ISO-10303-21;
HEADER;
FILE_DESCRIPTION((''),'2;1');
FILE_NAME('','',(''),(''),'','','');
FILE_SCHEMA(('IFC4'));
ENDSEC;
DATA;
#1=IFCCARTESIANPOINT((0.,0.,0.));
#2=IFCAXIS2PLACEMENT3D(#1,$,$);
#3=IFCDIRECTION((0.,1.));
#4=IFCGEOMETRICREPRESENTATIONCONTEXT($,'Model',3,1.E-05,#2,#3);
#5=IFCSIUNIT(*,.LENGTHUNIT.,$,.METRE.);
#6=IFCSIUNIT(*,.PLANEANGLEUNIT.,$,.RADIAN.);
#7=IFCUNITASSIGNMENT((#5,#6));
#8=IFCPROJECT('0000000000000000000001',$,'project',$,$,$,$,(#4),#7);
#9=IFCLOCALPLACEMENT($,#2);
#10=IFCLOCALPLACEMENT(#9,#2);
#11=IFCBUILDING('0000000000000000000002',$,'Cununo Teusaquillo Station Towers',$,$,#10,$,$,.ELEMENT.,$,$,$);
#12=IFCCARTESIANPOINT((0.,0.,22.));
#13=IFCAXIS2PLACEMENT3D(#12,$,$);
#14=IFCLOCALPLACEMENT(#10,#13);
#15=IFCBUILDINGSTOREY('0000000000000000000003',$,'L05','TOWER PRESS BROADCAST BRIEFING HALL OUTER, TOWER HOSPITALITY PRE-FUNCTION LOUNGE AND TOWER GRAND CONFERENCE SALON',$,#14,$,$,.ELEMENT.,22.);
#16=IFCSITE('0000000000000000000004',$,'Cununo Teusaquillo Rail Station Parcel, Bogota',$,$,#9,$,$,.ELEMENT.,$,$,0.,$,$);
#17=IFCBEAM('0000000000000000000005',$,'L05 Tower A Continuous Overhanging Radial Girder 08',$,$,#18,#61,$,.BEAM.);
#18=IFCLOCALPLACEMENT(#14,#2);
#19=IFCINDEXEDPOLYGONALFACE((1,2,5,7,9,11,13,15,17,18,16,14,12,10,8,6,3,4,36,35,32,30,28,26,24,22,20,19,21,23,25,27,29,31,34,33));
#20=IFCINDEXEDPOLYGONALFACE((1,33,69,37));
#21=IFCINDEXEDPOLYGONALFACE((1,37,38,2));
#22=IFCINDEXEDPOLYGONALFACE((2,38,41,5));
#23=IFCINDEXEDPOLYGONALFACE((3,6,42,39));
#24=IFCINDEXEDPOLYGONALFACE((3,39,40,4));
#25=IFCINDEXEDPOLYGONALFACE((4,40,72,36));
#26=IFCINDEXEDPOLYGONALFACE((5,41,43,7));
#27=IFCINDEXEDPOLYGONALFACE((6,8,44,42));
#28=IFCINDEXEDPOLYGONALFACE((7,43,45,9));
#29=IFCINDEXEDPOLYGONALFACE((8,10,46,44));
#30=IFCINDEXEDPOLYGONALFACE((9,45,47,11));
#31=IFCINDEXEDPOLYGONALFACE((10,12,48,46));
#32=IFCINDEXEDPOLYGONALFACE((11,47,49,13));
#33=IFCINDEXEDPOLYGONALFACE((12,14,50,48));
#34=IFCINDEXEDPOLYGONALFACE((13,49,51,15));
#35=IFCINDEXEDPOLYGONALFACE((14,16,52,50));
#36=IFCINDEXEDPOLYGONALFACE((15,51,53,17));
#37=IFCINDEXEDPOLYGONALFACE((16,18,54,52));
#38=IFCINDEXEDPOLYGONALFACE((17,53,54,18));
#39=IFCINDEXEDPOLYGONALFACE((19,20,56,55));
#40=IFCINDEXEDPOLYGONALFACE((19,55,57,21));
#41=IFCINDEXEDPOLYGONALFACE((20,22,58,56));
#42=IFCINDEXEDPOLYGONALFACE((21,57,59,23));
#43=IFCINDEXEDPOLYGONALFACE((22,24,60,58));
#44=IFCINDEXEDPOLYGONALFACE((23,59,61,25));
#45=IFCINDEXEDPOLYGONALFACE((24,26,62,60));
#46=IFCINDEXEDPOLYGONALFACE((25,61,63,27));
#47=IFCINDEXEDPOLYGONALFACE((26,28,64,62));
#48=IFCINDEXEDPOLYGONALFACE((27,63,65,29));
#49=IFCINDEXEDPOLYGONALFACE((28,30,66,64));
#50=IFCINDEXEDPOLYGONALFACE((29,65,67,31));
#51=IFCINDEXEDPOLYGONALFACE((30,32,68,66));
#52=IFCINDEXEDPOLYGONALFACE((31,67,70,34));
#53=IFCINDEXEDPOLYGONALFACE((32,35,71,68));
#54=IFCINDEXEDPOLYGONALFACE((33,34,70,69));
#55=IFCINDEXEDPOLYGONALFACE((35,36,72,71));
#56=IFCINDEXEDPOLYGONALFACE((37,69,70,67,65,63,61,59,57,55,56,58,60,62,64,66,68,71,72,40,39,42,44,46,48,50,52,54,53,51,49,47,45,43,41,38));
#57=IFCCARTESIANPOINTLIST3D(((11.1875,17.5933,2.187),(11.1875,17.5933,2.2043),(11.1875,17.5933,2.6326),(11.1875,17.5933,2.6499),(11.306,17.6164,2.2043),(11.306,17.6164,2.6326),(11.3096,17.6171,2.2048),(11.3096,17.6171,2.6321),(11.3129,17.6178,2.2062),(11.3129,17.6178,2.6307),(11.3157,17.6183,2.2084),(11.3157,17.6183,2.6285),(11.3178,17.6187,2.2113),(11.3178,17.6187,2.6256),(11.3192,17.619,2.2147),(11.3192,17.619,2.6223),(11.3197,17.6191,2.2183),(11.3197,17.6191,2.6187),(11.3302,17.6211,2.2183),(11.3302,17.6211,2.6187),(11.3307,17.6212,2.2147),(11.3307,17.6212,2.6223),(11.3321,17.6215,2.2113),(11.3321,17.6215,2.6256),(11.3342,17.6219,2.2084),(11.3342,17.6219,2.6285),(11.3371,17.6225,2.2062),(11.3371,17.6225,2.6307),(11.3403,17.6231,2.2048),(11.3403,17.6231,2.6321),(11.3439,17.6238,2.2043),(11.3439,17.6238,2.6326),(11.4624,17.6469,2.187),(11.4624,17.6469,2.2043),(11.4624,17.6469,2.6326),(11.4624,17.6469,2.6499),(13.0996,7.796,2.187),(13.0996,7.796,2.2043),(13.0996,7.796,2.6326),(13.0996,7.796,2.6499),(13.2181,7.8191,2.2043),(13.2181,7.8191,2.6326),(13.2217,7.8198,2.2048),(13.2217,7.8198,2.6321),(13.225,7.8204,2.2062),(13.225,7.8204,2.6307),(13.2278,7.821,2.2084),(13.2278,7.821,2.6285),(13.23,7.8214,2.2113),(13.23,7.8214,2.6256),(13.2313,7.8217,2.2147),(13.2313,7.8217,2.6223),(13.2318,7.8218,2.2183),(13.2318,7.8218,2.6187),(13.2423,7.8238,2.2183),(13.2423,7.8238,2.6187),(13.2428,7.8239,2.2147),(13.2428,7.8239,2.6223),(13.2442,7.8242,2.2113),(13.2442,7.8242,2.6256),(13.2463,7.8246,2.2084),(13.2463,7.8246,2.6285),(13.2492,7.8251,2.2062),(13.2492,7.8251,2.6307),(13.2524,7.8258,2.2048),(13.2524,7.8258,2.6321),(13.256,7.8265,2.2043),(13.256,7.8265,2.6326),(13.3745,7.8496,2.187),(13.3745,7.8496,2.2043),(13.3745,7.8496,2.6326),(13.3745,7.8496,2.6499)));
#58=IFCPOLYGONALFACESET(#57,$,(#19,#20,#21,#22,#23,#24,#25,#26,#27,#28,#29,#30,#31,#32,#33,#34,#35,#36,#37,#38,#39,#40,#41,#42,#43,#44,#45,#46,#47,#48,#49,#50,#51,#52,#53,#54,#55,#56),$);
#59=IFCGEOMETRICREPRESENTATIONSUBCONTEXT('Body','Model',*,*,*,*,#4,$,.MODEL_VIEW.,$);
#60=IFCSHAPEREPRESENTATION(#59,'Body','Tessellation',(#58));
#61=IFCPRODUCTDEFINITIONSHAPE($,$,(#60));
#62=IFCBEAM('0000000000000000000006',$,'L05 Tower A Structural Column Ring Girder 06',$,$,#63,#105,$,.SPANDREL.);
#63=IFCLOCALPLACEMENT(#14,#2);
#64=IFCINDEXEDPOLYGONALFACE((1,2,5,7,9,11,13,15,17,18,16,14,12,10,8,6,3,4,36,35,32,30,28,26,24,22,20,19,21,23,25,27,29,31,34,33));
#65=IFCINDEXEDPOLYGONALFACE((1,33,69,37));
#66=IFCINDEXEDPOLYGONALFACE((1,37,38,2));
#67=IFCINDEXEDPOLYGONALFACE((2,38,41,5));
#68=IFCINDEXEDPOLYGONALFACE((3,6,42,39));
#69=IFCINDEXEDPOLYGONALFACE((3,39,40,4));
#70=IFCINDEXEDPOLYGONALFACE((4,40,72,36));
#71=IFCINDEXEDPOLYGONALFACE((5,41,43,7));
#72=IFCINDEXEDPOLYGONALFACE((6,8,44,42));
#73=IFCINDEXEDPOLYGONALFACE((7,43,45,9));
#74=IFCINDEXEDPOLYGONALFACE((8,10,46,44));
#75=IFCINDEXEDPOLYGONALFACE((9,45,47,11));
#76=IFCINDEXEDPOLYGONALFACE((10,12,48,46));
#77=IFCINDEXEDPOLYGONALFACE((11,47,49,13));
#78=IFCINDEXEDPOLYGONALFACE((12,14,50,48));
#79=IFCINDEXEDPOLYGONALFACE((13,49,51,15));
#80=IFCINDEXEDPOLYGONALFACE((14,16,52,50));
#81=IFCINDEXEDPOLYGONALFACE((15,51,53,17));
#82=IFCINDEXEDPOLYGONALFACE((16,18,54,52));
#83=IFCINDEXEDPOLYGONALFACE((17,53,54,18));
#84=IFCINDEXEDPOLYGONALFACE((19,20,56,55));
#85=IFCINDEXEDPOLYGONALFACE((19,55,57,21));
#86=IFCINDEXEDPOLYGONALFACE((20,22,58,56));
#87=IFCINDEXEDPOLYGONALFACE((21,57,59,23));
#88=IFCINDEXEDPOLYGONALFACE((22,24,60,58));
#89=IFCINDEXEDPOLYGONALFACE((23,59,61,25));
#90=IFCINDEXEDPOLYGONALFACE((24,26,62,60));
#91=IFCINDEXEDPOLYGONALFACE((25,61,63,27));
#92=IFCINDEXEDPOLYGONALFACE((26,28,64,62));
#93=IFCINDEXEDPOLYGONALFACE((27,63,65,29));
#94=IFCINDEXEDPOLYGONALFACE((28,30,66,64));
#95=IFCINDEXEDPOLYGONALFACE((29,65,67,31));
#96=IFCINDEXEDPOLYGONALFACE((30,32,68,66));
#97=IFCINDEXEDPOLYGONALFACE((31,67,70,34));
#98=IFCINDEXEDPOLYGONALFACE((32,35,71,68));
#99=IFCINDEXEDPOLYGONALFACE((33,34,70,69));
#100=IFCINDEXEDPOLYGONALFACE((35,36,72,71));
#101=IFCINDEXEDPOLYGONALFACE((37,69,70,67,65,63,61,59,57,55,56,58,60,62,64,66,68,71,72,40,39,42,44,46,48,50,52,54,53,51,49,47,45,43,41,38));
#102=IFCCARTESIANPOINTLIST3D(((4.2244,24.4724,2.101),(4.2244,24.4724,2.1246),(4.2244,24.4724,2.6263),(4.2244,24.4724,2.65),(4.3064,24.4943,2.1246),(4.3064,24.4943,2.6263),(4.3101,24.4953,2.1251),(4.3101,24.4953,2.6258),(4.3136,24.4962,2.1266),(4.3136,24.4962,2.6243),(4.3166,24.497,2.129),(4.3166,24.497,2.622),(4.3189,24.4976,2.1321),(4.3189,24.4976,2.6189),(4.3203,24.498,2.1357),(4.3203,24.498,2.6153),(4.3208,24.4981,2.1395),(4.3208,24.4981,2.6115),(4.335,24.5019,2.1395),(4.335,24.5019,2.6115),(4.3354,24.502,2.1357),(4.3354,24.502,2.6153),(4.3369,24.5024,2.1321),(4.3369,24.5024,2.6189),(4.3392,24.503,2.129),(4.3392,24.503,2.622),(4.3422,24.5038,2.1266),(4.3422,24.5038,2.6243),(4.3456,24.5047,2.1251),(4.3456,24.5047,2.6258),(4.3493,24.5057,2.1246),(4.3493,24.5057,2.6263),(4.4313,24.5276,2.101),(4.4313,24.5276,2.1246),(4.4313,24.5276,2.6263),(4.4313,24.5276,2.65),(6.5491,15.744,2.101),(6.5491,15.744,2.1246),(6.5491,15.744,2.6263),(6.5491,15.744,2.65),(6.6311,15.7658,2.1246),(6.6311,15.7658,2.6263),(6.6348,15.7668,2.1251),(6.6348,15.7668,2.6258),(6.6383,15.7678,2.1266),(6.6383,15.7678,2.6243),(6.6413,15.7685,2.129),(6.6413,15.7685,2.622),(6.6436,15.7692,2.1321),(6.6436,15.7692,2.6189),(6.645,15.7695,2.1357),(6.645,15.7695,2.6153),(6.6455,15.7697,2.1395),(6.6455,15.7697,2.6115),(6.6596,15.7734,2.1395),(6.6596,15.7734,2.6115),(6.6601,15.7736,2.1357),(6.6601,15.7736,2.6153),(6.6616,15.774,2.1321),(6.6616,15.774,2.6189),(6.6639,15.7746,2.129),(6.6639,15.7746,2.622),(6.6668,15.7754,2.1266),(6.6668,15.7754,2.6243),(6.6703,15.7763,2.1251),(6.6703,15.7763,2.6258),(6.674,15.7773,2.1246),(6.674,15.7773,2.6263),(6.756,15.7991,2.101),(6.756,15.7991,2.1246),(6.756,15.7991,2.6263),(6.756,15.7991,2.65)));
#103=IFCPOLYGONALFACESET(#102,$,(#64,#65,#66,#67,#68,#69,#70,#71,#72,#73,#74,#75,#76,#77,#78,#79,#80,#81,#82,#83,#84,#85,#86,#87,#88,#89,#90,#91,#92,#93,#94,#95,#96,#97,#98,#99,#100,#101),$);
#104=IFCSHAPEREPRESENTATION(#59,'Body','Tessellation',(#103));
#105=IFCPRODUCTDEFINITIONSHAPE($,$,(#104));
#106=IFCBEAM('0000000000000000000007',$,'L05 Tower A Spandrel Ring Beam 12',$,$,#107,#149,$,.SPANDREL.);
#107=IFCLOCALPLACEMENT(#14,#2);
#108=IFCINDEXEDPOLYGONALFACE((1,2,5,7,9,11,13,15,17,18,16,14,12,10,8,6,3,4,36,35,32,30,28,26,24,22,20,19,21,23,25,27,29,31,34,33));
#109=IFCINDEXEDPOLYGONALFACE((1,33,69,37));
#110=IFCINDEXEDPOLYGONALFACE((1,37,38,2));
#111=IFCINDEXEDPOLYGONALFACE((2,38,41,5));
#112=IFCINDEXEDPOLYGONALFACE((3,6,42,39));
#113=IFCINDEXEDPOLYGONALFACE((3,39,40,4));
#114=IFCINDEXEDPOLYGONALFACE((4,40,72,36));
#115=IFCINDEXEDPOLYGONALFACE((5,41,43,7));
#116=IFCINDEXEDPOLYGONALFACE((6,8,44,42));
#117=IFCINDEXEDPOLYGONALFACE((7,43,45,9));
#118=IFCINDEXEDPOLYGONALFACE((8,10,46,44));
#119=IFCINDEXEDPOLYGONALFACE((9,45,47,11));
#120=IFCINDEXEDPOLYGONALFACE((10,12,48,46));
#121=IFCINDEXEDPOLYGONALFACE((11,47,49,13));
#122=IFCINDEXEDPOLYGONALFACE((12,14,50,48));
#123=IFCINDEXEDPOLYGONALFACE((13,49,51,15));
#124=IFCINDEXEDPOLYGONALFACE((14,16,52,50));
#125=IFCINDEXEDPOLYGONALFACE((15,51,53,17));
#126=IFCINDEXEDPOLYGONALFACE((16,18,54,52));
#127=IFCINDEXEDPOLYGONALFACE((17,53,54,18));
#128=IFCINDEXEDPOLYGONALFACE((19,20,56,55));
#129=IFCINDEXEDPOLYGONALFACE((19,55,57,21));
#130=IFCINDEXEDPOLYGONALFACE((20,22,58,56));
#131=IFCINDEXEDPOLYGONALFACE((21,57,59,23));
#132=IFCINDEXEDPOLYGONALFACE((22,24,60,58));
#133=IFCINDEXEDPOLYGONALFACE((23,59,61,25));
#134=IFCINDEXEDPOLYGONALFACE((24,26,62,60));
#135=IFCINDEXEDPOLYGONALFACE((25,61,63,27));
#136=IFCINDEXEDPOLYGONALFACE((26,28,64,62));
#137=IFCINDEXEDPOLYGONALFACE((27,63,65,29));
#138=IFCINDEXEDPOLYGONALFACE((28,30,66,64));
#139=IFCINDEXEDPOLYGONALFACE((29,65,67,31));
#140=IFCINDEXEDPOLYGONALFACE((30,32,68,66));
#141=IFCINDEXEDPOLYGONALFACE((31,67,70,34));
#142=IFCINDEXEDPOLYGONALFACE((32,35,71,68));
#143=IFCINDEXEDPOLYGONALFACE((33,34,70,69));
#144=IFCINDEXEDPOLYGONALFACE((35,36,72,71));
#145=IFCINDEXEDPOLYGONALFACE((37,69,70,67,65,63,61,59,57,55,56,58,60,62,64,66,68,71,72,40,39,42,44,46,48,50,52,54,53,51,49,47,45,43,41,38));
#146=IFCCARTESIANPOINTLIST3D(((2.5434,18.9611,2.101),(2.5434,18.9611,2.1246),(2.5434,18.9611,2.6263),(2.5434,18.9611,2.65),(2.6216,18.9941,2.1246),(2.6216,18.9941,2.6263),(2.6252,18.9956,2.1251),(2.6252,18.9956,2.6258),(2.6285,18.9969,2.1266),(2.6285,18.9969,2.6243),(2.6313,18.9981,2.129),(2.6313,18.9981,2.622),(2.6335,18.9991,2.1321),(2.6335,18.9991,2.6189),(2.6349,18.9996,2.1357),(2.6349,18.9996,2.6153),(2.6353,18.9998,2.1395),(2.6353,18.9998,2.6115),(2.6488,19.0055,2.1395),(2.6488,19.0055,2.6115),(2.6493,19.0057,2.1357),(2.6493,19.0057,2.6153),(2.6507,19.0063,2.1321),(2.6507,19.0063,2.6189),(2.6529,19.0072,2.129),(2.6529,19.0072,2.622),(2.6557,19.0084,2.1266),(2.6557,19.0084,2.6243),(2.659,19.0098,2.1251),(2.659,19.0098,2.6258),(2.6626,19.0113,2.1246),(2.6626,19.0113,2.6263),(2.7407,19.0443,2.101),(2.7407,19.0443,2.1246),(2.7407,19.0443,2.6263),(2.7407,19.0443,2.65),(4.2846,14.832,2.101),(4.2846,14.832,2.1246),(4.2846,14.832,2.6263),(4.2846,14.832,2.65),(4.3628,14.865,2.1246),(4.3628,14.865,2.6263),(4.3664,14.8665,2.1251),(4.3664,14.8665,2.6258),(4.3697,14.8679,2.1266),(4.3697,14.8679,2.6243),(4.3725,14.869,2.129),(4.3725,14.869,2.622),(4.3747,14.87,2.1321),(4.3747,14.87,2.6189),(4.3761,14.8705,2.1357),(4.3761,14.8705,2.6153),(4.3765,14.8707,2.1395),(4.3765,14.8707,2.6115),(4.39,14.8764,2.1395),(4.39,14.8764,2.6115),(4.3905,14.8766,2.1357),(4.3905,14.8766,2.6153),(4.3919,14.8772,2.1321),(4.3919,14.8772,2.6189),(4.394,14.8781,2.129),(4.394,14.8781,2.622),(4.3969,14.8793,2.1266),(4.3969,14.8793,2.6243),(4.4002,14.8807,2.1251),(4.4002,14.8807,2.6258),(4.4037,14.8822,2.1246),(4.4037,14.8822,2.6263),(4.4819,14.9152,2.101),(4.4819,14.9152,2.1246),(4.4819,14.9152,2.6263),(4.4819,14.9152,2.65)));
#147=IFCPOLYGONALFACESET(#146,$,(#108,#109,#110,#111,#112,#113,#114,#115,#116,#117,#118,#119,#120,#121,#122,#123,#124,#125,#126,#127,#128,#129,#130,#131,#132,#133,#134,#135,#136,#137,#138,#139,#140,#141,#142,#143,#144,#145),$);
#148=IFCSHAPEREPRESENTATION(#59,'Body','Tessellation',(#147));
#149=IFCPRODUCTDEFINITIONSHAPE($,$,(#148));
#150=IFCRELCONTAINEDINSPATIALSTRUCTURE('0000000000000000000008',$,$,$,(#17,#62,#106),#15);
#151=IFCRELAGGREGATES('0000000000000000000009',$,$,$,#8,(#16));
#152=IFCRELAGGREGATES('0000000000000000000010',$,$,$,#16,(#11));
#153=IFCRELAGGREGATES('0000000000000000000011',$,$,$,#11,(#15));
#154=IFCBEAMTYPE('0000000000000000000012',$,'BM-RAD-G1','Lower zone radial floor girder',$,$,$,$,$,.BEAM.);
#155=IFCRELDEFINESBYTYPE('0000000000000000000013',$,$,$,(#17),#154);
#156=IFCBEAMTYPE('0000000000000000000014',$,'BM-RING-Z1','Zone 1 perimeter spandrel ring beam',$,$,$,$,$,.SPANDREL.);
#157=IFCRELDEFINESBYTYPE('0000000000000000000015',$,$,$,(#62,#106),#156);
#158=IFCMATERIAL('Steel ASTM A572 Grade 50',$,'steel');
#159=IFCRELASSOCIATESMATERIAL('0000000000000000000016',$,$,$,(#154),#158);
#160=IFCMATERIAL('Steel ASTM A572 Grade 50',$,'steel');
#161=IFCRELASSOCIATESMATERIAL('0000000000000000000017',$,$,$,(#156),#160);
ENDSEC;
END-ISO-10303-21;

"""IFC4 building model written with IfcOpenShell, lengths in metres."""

from ifc_helpers import new_model, si_unit, direction, frame, origin, origin_2d, place, context, subcontext, project, spatial, i_section, extrude, material, material_profile, profile_set, type_object, element, save


model = new_model("IFC4")

# Units and contexts
model_context = context("Model", 3, precision=1e-05, world=origin(), true_north=direction((0.0, 1.0)))
body_context = subcontext(model_context, "Body", "Model", "MODEL_VIEW")
ifc_project = project(units=[si_unit("LENGTHUNIT", "METRE"), si_unit("PLANEANGLEUNIT", "RADIAN")], contexts=[model_context])

# Site, building, storey
site_placement = place(None, origin())
site = spatial("IfcSite", under=ifc_project, at=site_placement, Name="Cununo Teusaquillo Rail Station Parcel, Bogota", CompositionType="ELEMENT", RefElevation=0.0)
building_placement = place(site_placement, origin())
building = spatial("IfcBuilding", under=site, at=building_placement, Name="Cununo Teusaquillo Station Towers", CompositionType="ELEMENT")
storey_placement = place(building_placement, frame((0.0, 0.0, 22.0)))
storey = spatial("IfcBuildingStorey", under=building, at=storey_placement, Name="L05", Description="TOWER PRESS BROADCAST BRIEFING HALL OUTER, TOWER HOSPITALITY PRE-FUNCTION LOUNGE AND TOWER GRAND CONFERENCE SALON", CompositionType="ELEMENT", Elevation=22.0)

# Beams
ifc_material_1 = material(Name="Steel ASTM A572 Grade 50", Category="steel")
ifc_material_profile_1 = material_profile(ifc_material_1, i_section(OverallWidth=0.28, OverallDepth=0.4629, WebThickness=0.0107, FlangeThickness=0.0173, FilletRadius=0.0139, at=origin_2d()), Name="W18X76")
ifc_profile_set_1 = profile_set([ifc_material_profile_1], Name="Steel ASTM A572 Grade 50")
beam_type_1 = type_object("IfcBeamType", Name="BM-RAD-G1", Description="Lower zone radial floor girder", PredefinedType="BEAM", material=ifc_profile_set_1)
beam_1_placement = place(storey_placement, frame((11.325, 17.6201, 2.4185), z_axis=(0.191552, -0.981483, 0.0), x_axis=(0.981483, 0.191552, 0.0)))
element("IfcBeam", 1, at=beam_1_placement, inside=storey, type_object=beam_type_1, Name="L05 Tower A Continuous Overhanging Radial Girder 08", PredefinedType="BEAM", context=body_context, shape_type="SweptSolid", body=[
    extrude(i_section(OverallWidth=0.28, OverallDepth=0.4629, WebThickness=0.0107, FlangeThickness=0.0173, FilletRadius=0.0139, at=origin_2d()), origin(), (0.0, 0.0, 1.0), 9.9822),
])
ifc_material_2 = material(Name="Steel ASTM A572 Grade 50", Category="steel")
ifc_material_profile_2 = material_profile(ifc_material_2, i_section(OverallWidth=0.2141, OverallDepth=0.5491, WebThickness=0.0146, FlangeThickness=0.0237, FilletRadius=0.0149, at=origin_2d()), Name="W21X93")
ifc_profile_set_2 = profile_set([ifc_material_profile_2], Name="Steel ASTM A572 Grade 50")
beam_type_2 = type_object("IfcBeamType", Name="BM-RING-Z1", Description="Zone 1 perimeter spandrel ring beam", PredefinedType="SPANDREL", material=ifc_profile_set_2)
beam_2_placement = place(storey_placement, frame((4.3279, 24.5, 2.3755), z_axis=(0.257363, -0.966315, 0.0), x_axis=(0.966315, 0.257363, 0.0)))
element("IfcBeam", 2, at=beam_2_placement, inside=storey, type_object=beam_type_2, Name="L05 Tower A Structural Column Ring Girder 06", PredefinedType="SPANDREL", context=body_context, shape_type="SweptSolid", body=[
    extrude(i_section(OverallWidth=0.2141, OverallDepth=0.5491, WebThickness=0.0146, FlangeThickness=0.0237, FilletRadius=0.0149, at=origin_2d()), origin(), (0.0, 0.0, 1.0), 9.0327),
])
beam_3_placement = place(storey_placement, frame((2.6421, 19.0027, 2.3755), z_axis=(0.388554, -0.921426, 0.0), x_axis=(0.921426, 0.388554, 0.0)))
element("IfcBeam", 3, at=beam_3_placement, inside=storey, type_object=beam_type_2, Name="L05 Tower A Spandrel Ring Beam 12", PredefinedType="SPANDREL", context=body_context, shape_type="SweptSolid", body=[
    extrude(i_section(OverallWidth=0.2141, OverallDepth=0.5491, WebThickness=0.0146, FlangeThickness=0.0237, FilletRadius=0.0149, at=origin_2d()), origin(), (0.0, 0.0, 1.0), 4.4812),
])

save(model, "model.ifc")
